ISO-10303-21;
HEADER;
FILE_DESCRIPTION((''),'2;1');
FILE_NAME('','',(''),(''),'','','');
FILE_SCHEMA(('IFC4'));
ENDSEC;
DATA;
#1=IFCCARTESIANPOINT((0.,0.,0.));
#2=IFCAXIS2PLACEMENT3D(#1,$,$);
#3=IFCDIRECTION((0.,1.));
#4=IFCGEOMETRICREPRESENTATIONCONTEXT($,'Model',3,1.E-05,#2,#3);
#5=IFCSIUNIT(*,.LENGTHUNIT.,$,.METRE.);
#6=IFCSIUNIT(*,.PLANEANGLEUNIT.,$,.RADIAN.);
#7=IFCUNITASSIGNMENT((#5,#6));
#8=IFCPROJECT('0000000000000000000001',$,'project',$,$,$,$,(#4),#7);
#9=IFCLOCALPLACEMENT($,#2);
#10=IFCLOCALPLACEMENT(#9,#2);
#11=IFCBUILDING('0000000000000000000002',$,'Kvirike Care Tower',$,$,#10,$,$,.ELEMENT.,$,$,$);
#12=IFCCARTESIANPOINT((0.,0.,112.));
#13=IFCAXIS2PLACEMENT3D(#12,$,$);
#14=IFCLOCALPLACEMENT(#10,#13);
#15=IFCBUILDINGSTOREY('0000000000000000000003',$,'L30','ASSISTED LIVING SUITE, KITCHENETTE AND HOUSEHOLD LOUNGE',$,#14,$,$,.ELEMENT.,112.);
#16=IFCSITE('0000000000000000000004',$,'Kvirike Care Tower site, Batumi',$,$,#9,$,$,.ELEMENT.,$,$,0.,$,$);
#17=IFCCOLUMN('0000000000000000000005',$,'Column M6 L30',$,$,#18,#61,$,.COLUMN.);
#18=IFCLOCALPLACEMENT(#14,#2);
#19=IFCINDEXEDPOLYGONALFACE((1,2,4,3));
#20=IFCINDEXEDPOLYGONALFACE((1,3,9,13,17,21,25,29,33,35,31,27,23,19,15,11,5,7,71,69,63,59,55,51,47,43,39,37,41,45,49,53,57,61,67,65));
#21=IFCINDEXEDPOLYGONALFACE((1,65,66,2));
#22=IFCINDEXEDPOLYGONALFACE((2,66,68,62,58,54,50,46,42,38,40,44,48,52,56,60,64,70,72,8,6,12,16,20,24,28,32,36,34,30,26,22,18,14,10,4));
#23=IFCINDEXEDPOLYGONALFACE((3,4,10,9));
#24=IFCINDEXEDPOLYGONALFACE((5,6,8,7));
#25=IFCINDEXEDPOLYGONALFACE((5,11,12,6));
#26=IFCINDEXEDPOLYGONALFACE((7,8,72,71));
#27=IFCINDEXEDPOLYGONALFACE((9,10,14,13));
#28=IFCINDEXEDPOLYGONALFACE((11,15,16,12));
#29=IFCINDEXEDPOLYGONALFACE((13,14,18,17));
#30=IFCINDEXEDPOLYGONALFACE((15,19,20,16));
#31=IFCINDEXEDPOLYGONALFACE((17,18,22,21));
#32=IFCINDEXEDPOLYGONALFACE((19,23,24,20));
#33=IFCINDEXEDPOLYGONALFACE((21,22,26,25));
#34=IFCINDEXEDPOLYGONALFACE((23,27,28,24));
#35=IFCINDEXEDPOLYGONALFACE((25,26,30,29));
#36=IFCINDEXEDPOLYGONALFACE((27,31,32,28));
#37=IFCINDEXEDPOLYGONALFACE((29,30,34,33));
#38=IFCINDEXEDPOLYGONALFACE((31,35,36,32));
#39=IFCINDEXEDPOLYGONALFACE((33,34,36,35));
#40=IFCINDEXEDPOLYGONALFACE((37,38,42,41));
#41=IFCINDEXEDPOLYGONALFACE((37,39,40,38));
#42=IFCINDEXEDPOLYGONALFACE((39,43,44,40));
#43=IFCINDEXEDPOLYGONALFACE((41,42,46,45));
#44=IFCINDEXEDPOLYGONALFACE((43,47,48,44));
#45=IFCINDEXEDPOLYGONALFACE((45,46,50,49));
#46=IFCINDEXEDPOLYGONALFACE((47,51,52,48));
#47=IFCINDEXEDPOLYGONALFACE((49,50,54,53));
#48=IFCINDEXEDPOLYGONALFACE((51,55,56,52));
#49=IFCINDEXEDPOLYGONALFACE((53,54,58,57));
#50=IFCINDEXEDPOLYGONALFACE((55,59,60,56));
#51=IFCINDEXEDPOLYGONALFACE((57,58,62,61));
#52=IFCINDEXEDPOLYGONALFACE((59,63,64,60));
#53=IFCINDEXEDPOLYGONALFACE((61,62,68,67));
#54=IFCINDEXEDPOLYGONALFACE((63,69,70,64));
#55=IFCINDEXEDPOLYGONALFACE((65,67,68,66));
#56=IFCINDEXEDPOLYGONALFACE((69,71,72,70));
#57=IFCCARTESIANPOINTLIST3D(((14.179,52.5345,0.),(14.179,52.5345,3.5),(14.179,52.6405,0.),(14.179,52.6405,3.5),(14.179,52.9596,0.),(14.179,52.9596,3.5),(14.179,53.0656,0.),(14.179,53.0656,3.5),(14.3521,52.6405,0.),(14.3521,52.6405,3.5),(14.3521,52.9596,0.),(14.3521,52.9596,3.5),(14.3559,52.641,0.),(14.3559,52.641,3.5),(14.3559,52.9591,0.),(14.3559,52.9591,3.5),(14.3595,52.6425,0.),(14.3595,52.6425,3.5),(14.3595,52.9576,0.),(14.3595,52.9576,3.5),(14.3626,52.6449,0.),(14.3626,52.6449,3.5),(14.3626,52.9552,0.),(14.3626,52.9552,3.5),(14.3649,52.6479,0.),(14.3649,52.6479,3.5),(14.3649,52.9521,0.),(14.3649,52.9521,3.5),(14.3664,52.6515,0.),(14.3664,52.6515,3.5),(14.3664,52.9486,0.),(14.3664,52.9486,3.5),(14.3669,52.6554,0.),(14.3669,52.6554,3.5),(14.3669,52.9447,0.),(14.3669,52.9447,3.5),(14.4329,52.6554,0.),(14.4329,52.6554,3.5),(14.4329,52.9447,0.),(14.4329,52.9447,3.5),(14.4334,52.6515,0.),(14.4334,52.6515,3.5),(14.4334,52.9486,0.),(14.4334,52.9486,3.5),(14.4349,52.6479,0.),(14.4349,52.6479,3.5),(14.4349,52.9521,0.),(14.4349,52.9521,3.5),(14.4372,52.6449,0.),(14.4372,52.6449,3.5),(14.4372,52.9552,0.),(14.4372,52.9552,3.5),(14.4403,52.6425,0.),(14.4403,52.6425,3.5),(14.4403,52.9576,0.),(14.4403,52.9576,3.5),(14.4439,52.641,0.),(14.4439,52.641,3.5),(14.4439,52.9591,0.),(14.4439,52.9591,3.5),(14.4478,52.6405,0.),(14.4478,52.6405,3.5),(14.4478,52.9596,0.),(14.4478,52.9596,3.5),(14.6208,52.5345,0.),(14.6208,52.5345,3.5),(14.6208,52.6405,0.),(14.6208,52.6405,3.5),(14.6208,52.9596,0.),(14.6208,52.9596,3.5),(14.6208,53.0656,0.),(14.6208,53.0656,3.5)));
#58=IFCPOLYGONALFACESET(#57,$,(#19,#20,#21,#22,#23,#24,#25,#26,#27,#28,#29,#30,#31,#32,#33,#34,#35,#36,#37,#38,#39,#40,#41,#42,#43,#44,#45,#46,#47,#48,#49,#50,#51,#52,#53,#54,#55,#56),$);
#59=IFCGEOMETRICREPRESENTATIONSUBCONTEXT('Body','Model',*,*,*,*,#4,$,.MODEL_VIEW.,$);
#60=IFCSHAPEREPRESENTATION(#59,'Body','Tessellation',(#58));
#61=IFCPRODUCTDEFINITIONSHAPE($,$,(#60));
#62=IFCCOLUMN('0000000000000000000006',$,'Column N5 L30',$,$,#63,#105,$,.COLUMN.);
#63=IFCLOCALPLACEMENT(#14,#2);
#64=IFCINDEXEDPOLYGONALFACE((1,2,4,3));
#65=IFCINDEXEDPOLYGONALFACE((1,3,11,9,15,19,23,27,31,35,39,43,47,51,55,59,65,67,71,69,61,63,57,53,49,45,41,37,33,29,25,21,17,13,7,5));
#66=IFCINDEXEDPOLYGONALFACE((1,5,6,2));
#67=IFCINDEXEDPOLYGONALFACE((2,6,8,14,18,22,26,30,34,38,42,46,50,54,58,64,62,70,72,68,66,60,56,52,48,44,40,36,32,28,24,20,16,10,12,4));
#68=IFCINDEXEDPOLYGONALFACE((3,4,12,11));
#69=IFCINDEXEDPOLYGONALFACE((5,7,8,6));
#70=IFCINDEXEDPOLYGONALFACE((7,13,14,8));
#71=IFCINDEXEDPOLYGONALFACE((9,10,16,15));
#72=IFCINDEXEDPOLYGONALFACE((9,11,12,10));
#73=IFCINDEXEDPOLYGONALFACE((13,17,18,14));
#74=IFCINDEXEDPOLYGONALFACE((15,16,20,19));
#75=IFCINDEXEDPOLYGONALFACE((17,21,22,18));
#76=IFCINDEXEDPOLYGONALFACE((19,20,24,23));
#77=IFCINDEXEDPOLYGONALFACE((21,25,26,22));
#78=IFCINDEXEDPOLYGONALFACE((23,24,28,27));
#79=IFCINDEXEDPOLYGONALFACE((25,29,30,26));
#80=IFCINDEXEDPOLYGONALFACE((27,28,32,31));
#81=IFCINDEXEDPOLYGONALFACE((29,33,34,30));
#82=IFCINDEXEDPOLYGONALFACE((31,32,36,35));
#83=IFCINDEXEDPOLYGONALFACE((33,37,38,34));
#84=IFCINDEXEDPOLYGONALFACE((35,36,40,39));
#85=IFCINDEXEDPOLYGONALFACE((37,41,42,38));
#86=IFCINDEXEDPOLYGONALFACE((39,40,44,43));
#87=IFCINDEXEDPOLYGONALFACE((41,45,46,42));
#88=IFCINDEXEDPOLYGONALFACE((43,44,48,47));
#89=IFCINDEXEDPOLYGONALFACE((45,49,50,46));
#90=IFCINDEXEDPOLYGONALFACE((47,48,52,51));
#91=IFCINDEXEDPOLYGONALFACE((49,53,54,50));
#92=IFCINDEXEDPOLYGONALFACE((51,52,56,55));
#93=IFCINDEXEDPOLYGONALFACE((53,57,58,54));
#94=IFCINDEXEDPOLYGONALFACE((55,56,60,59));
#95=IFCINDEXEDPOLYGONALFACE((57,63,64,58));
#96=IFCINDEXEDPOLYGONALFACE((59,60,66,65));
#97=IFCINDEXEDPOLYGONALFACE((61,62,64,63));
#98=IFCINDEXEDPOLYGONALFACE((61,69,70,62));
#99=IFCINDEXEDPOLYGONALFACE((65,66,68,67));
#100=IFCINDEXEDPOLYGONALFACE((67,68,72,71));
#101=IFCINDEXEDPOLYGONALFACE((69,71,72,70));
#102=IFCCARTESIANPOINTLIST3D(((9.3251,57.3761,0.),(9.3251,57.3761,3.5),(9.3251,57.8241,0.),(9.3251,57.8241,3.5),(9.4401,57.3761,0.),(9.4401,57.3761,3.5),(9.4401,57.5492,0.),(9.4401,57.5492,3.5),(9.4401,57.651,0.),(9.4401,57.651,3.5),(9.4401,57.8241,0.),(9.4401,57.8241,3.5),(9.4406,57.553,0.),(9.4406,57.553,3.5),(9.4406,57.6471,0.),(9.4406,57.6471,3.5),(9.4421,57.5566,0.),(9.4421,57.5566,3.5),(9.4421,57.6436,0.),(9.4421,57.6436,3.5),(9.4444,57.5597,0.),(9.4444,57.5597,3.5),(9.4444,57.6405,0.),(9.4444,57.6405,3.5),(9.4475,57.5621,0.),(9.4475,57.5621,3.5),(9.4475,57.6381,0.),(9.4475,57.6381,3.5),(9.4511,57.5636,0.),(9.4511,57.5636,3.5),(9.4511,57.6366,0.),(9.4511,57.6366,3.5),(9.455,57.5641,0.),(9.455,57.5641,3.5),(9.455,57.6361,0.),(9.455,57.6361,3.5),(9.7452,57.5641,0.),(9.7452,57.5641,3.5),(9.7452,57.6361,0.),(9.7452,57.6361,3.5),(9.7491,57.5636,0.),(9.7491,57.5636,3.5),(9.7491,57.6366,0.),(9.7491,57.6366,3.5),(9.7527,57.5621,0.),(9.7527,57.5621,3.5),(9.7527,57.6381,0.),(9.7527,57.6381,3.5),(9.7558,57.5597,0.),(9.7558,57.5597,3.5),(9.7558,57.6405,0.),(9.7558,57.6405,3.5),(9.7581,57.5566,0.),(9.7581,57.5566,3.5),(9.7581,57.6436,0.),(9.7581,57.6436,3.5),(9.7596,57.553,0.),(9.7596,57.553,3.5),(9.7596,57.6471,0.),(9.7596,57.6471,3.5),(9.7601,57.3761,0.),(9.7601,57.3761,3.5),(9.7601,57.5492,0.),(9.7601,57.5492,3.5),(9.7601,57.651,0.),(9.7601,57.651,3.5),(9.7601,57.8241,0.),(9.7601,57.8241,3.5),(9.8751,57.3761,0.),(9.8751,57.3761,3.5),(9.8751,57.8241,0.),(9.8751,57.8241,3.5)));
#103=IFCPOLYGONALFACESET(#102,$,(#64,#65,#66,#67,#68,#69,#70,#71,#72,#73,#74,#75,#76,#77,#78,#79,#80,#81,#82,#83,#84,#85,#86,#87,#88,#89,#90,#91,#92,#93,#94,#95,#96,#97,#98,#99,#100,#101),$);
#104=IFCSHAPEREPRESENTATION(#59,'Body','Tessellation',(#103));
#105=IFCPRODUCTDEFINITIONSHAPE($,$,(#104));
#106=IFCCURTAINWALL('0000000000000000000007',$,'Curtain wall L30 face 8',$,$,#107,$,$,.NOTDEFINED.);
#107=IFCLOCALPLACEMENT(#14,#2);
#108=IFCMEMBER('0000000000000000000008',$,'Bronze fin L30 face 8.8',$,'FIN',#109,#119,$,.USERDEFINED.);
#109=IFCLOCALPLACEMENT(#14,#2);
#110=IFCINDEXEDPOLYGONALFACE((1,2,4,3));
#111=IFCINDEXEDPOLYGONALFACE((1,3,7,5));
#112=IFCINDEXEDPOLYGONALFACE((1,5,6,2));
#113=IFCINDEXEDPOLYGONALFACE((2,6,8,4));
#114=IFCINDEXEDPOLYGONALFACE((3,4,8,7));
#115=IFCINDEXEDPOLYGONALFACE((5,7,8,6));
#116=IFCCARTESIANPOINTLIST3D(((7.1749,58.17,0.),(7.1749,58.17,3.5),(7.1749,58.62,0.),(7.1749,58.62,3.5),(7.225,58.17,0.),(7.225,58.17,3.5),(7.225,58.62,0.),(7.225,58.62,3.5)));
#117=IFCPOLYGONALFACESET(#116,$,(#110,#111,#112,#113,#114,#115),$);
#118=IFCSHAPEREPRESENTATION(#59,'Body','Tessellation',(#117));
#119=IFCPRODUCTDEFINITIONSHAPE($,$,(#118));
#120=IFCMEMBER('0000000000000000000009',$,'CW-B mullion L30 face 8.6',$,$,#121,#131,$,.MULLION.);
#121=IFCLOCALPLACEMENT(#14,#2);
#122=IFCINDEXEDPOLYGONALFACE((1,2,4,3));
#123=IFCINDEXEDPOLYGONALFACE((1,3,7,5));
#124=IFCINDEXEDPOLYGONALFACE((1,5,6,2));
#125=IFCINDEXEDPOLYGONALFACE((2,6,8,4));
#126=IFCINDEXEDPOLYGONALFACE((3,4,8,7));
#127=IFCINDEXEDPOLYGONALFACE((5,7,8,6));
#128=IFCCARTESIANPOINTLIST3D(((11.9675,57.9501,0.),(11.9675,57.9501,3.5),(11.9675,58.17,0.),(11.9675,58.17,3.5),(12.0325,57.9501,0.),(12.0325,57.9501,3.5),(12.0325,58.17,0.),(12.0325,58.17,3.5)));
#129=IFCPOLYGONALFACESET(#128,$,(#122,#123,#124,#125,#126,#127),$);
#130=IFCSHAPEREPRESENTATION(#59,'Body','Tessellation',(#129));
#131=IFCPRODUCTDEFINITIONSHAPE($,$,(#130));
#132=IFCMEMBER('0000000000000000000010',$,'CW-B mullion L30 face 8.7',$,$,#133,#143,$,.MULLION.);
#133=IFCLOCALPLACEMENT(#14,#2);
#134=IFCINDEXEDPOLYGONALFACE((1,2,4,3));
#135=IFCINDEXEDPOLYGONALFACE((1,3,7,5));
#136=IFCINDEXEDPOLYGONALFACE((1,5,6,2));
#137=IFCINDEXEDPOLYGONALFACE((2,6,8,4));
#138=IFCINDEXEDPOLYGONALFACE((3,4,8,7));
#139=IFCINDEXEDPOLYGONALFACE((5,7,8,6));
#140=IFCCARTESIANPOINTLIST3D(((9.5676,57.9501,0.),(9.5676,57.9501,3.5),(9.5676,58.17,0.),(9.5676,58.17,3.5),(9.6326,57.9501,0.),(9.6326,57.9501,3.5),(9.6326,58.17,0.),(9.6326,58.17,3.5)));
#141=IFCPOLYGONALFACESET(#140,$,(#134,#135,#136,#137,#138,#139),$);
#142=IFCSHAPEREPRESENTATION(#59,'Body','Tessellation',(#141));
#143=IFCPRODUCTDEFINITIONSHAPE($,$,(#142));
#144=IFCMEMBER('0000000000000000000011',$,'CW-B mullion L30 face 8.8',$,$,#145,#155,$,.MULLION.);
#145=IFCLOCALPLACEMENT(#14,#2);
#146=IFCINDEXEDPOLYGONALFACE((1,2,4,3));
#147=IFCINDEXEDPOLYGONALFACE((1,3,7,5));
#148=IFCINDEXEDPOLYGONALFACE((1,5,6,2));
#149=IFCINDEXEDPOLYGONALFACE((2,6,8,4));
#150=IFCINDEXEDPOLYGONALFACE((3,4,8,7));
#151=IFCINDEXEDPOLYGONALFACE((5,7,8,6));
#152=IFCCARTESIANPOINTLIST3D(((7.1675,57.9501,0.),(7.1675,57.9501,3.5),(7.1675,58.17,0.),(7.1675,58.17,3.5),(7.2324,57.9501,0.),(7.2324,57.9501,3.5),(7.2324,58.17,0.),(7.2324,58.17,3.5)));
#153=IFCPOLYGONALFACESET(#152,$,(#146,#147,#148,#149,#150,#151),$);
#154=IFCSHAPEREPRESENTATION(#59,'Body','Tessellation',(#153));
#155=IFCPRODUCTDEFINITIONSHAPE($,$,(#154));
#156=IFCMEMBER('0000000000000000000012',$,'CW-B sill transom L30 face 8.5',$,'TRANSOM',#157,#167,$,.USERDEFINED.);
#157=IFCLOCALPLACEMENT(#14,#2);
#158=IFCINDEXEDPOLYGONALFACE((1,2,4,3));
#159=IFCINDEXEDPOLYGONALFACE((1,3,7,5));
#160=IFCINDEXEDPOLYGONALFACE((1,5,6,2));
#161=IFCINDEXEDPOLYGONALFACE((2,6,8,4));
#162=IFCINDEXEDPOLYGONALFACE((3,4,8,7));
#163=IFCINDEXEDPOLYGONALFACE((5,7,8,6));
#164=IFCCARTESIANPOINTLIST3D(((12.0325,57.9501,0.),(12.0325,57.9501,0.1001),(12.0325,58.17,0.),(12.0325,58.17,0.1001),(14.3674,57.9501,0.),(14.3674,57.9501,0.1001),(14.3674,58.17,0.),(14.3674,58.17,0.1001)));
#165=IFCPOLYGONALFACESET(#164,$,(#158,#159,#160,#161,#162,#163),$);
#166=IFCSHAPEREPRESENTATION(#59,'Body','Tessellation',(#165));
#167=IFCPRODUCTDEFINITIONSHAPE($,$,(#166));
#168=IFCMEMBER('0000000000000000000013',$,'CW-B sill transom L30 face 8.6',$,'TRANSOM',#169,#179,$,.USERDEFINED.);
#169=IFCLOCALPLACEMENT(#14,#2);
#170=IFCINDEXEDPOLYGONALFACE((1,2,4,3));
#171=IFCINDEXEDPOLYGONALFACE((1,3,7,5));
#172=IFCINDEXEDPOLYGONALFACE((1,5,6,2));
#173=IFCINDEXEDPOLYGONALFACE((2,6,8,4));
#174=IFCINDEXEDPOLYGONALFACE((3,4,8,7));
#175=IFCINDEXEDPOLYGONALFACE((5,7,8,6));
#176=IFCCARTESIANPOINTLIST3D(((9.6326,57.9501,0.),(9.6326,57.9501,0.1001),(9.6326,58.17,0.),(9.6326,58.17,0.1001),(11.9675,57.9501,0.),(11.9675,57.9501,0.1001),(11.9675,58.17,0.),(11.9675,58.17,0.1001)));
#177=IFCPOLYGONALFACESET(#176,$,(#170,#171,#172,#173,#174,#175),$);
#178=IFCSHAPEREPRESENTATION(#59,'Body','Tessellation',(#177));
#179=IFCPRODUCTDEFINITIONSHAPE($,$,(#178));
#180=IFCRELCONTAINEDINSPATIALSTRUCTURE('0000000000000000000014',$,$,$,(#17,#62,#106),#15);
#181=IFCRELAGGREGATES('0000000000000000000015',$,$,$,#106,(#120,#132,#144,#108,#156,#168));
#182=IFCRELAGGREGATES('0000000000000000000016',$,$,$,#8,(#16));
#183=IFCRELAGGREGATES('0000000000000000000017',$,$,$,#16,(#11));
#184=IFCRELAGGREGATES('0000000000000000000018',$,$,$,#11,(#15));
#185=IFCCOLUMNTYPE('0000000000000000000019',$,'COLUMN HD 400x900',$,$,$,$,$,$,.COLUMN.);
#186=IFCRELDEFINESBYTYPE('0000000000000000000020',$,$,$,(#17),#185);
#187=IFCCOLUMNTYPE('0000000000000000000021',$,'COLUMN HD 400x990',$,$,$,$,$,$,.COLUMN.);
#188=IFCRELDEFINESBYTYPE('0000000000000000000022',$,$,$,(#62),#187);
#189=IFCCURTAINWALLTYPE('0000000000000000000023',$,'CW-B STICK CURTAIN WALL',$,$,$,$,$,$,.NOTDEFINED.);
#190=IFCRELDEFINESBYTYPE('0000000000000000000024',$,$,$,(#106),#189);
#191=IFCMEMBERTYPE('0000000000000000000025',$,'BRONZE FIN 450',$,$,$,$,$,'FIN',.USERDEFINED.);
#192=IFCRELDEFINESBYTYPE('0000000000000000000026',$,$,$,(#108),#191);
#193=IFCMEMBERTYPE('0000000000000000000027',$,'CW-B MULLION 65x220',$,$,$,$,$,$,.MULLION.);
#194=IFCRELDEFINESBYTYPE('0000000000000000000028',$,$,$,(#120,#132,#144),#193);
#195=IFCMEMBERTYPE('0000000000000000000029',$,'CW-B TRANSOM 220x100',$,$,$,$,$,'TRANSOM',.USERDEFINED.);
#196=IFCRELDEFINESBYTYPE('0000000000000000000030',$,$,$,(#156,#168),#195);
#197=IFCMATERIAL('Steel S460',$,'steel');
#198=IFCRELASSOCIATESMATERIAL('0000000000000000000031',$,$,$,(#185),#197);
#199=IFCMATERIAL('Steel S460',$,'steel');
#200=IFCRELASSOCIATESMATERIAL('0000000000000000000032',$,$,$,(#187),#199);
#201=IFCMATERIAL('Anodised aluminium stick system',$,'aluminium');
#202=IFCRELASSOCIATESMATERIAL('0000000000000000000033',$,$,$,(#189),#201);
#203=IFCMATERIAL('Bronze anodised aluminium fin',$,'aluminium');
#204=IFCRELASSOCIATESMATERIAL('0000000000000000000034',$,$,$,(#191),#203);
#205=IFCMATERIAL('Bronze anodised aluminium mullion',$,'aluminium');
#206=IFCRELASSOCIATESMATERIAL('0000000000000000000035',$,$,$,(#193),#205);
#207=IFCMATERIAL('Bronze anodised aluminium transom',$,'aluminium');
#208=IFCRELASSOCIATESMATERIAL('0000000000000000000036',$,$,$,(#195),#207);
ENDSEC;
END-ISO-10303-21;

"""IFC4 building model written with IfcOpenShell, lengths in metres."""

from ifc_helpers import new_model, si_unit, direction, frame, origin, origin_2d, place, context, subcontext, project, spatial, rectangle, i_section, extrude, material, material_profile, profile_set, type_object, element, aggregate, save


model = new_model("IFC4")

# Units and contexts
model_context = context("Model", 3, precision=1e-05, world=origin(), true_north=direction((0.0, 1.0)))
body_context = subcontext(model_context, "Body", "Model", "MODEL_VIEW")
ifc_project = project(units=[si_unit("LENGTHUNIT", "METRE"), si_unit("PLANEANGLEUNIT", "RADIAN")], contexts=[model_context])

# Site, building, storey
site_placement = place(None, origin())
site = spatial("IfcSite", under=ifc_project, at=site_placement, Name="Kvirike Care Tower site, Batumi", CompositionType="ELEMENT", RefElevation=0.0)
building_placement = place(site_placement, origin())
building = spatial("IfcBuilding", under=site, at=building_placement, Name="Kvirike Care Tower", CompositionType="ELEMENT")
storey_placement = place(building_placement, frame((0.0, 0.0, 112.0)))
storey = spatial("IfcBuildingStorey", under=building, at=storey_placement, Name="L30", Description="ASSISTED LIVING SUITE, KITCHENETTE AND HOUSEHOLD LOUNGE", CompositionType="ELEMENT", Elevation=112.0)

# Columns
ifc_material_1 = material(Name="Steel S460", Category="steel")
ifc_material_profile_1 = material_profile(ifc_material_1, i_section(OverallWidth=0.4419, OverallDepth=0.531, WebThickness=0.0659, FlangeThickness=0.106, FilletRadius=0.0149, at=origin_2d()), Name="HD 400x900")
ifc_profile_set_1 = profile_set([ifc_material_profile_1], Name="Steel S460")
column_type_1 = type_object("IfcColumnType", Name="COLUMN HD 400x900", PredefinedType="COLUMN", material=ifc_profile_set_1)
column_1_placement = place(storey_placement, frame((14.3999, 52.8, 0.0), z_axis=(0.0, 0.0, 1.0), x_axis=(1.0, 0.0, 0.0)))
element("IfcColumn", 1, at=column_1_placement, inside=storey, type_object=column_type_1, Name="Column M6 L30", PredefinedType="COLUMN", context=body_context, shape_type="SweptSolid", body=[
    extrude(i_section(OverallWidth=0.4419, OverallDepth=0.531, WebThickness=0.0659, FlangeThickness=0.106, FilletRadius=0.0149, at=origin_2d()), origin(), (0.0, 0.0, 1.0), 3.5),
])
ifc_material_2 = material(Name="Steel S460", Category="steel")
ifc_material_profile_2 = material_profile(ifc_material_2, i_section(OverallWidth=0.448, OverallDepth=0.55, WebThickness=0.072, FlangeThickness=0.115, FilletRadius=0.0149, at=origin_2d()), Name="HD 400x990")
ifc_profile_set_2 = profile_set([ifc_material_profile_2], Name="Steel S460")
column_type_2 = type_object("IfcColumnType", Name="COLUMN HD 400x990", PredefinedType="COLUMN", material=ifc_profile_set_2)
column_2_placement = place(storey_placement, frame((9.6001, 57.6001, 0.0), z_axis=(0.0, 0.0, 1.0), x_axis=(0.0, 1.0, 0.0)))
element("IfcColumn", 2, at=column_2_placement, inside=storey, type_object=column_type_2, Name="Column N5 L30", PredefinedType="COLUMN", context=body_context, shape_type="SweptSolid", body=[
    extrude(i_section(OverallWidth=0.448, OverallDepth=0.55, WebThickness=0.072, FlangeThickness=0.115, FilletRadius=0.0149, at=origin_2d()), origin(), (0.0, 0.0, 1.0), 3.5),
])

# Curtain wall, members
ifc_material_3 = material(Name="Anodised aluminium stick system", Category="aluminium")
curtain_wall_type = type_object("IfcCurtainWallType", Name="CW-B STICK CURTAIN WALL", PredefinedType="NOTDEFINED", material=ifc_material_3)
curtain_wall_placement = place(storey_placement, origin())
curtain_wall = element("IfcCurtainWall", 3, at=curtain_wall_placement, inside=storey, type_object=curtain_wall_type, Name="Curtain wall L30 face 8", PredefinedType="NOTDEFINED")
ifc_material_4 = material(Name="Bronze anodised aluminium fin", Category="aluminium")
ifc_material_profile_3 = material_profile(ifc_material_4, rectangle(XDim=0.05, YDim=0.45, at=origin_2d()), Name="BRONZE FIN 450")
ifc_profile_set_3 = profile_set([ifc_material_profile_3], Name="Bronze anodised aluminium fin")
member_type_1 = type_object("IfcMemberType", Name="BRONZE FIN 450", ElementType="FIN", PredefinedType="USERDEFINED", material=ifc_profile_set_3)
member_1_placement = place(storey_placement, frame((7.2, 58.395, 0.0), z_axis=(0.0, 0.0, 1.0), x_axis=(-1.0, 0.0, 0.0)))
member_1 = element("IfcMember", 4, at=member_1_placement, type_object=member_type_1, Name="Bronze fin L30 face 8.8", ObjectType="FIN", PredefinedType="USERDEFINED", context=body_context, shape_type="SweptSolid", body=[
    extrude(rectangle(XDim=0.05, YDim=0.45, at=origin_2d()), origin(), (0.0, 0.0, 1.0), 3.5),
])
ifc_material_5 = material(Name="Bronze anodised aluminium mullion", Category="aluminium")
ifc_material_profile_4 = material_profile(ifc_material_5, rectangle(XDim=0.0649, YDim=0.22, at=origin_2d()), Name="CW-B MULLION 65x220")
ifc_profile_set_4 = profile_set([ifc_material_profile_4], Name="Bronze anodised aluminium mullion")
member_type_2 = type_object("IfcMemberType", Name="CW-B MULLION 65x220", PredefinedType="MULLION", material=ifc_profile_set_4)
member_2_placement = place(storey_placement, frame((12.0, 58.0601, 0.0), z_axis=(0.0, 0.0, 1.0), x_axis=(-1.0, 0.0, 0.0)))
member_2 = element("IfcMember", 5, at=member_2_placement, type_object=member_type_2, Name="CW-B mullion L30 face 8.6", PredefinedType="MULLION", context=body_context, shape_type="SweptSolid", body=[
    extrude(rectangle(XDim=0.0649, YDim=0.22, at=origin_2d()), origin(), (0.0, 0.0, 1.0), 3.5),
])
member_3_placement = place(storey_placement, frame((9.6001, 58.0601, 0.0), z_axis=(0.0, 0.0, 1.0), x_axis=(-1.0, 0.0, 0.0)))
member_3 = element("IfcMember", 6, at=member_3_placement, type_object=member_type_2, Name="CW-B mullion L30 face 8.7", PredefinedType="MULLION", context=body_context, shape_type="SweptSolid", body=[
    extrude(rectangle(XDim=0.0649, YDim=0.22, at=origin_2d()), origin(), (0.0, 0.0, 1.0), 3.5),
])
member_4_placement = place(storey_placement, frame((7.2, 58.0601, 0.0), z_axis=(0.0, 0.0, 1.0), x_axis=(-1.0, 0.0, 0.0)))
member_4 = element("IfcMember", 7, at=member_4_placement, type_object=member_type_2, Name="CW-B mullion L30 face 8.8", PredefinedType="MULLION", context=body_context, shape_type="SweptSolid", body=[
    extrude(rectangle(XDim=0.0649, YDim=0.22, at=origin_2d()), origin(), (0.0, 0.0, 1.0), 3.5),
])
ifc_material_6 = material(Name="Bronze anodised aluminium transom", Category="aluminium")
ifc_material_profile_5 = material_profile(ifc_material_6, rectangle(XDim=0.22, YDim=0.1001, at=origin_2d()), Name="CW-B TRANSOM 220x100")
ifc_profile_set_5 = profile_set([ifc_material_profile_5], Name="Bronze anodised aluminium transom")
member_type_3 = type_object("IfcMemberType", Name="CW-B TRANSOM 220x100", ElementType="TRANSOM", PredefinedType="USERDEFINED", material=ifc_profile_set_5)
member_5_placement = place(storey_placement, frame((14.3674, 58.0601, 0.05), z_axis=(-1.0, 0.0, 0.0), x_axis=(0.0, -1.0, 0.0)))
member_5 = element("IfcMember", 8, at=member_5_placement, type_object=member_type_3, Name="CW-B sill transom L30 face 8.5", ObjectType="TRANSOM", PredefinedType="USERDEFINED", context=body_context, shape_type="SweptSolid", body=[
    extrude(rectangle(XDim=0.22, YDim=0.1001, at=origin_2d()), origin(), (0.0, 0.0, 1.0), 2.335),
])
member_6_placement = place(storey_placement, frame((11.9675, 58.0601, 0.05), z_axis=(-1.0, 0.0, 0.0), x_axis=(0.0, -1.0, 0.0)))
member_6 = element("IfcMember", 9, at=member_6_placement, type_object=member_type_3, Name="CW-B sill transom L30 face 8.6", ObjectType="TRANSOM", PredefinedType="USERDEFINED", context=body_context, shape_type="SweptSolid", body=[
    extrude(rectangle(XDim=0.22, YDim=0.1001, at=origin_2d()), origin(), (0.0, 0.0, 1.0), 2.335),
])

aggregate(curtain_wall, [member_2, member_3, member_4, member_1, member_5, member_6])

save(model, "model.ifc")
